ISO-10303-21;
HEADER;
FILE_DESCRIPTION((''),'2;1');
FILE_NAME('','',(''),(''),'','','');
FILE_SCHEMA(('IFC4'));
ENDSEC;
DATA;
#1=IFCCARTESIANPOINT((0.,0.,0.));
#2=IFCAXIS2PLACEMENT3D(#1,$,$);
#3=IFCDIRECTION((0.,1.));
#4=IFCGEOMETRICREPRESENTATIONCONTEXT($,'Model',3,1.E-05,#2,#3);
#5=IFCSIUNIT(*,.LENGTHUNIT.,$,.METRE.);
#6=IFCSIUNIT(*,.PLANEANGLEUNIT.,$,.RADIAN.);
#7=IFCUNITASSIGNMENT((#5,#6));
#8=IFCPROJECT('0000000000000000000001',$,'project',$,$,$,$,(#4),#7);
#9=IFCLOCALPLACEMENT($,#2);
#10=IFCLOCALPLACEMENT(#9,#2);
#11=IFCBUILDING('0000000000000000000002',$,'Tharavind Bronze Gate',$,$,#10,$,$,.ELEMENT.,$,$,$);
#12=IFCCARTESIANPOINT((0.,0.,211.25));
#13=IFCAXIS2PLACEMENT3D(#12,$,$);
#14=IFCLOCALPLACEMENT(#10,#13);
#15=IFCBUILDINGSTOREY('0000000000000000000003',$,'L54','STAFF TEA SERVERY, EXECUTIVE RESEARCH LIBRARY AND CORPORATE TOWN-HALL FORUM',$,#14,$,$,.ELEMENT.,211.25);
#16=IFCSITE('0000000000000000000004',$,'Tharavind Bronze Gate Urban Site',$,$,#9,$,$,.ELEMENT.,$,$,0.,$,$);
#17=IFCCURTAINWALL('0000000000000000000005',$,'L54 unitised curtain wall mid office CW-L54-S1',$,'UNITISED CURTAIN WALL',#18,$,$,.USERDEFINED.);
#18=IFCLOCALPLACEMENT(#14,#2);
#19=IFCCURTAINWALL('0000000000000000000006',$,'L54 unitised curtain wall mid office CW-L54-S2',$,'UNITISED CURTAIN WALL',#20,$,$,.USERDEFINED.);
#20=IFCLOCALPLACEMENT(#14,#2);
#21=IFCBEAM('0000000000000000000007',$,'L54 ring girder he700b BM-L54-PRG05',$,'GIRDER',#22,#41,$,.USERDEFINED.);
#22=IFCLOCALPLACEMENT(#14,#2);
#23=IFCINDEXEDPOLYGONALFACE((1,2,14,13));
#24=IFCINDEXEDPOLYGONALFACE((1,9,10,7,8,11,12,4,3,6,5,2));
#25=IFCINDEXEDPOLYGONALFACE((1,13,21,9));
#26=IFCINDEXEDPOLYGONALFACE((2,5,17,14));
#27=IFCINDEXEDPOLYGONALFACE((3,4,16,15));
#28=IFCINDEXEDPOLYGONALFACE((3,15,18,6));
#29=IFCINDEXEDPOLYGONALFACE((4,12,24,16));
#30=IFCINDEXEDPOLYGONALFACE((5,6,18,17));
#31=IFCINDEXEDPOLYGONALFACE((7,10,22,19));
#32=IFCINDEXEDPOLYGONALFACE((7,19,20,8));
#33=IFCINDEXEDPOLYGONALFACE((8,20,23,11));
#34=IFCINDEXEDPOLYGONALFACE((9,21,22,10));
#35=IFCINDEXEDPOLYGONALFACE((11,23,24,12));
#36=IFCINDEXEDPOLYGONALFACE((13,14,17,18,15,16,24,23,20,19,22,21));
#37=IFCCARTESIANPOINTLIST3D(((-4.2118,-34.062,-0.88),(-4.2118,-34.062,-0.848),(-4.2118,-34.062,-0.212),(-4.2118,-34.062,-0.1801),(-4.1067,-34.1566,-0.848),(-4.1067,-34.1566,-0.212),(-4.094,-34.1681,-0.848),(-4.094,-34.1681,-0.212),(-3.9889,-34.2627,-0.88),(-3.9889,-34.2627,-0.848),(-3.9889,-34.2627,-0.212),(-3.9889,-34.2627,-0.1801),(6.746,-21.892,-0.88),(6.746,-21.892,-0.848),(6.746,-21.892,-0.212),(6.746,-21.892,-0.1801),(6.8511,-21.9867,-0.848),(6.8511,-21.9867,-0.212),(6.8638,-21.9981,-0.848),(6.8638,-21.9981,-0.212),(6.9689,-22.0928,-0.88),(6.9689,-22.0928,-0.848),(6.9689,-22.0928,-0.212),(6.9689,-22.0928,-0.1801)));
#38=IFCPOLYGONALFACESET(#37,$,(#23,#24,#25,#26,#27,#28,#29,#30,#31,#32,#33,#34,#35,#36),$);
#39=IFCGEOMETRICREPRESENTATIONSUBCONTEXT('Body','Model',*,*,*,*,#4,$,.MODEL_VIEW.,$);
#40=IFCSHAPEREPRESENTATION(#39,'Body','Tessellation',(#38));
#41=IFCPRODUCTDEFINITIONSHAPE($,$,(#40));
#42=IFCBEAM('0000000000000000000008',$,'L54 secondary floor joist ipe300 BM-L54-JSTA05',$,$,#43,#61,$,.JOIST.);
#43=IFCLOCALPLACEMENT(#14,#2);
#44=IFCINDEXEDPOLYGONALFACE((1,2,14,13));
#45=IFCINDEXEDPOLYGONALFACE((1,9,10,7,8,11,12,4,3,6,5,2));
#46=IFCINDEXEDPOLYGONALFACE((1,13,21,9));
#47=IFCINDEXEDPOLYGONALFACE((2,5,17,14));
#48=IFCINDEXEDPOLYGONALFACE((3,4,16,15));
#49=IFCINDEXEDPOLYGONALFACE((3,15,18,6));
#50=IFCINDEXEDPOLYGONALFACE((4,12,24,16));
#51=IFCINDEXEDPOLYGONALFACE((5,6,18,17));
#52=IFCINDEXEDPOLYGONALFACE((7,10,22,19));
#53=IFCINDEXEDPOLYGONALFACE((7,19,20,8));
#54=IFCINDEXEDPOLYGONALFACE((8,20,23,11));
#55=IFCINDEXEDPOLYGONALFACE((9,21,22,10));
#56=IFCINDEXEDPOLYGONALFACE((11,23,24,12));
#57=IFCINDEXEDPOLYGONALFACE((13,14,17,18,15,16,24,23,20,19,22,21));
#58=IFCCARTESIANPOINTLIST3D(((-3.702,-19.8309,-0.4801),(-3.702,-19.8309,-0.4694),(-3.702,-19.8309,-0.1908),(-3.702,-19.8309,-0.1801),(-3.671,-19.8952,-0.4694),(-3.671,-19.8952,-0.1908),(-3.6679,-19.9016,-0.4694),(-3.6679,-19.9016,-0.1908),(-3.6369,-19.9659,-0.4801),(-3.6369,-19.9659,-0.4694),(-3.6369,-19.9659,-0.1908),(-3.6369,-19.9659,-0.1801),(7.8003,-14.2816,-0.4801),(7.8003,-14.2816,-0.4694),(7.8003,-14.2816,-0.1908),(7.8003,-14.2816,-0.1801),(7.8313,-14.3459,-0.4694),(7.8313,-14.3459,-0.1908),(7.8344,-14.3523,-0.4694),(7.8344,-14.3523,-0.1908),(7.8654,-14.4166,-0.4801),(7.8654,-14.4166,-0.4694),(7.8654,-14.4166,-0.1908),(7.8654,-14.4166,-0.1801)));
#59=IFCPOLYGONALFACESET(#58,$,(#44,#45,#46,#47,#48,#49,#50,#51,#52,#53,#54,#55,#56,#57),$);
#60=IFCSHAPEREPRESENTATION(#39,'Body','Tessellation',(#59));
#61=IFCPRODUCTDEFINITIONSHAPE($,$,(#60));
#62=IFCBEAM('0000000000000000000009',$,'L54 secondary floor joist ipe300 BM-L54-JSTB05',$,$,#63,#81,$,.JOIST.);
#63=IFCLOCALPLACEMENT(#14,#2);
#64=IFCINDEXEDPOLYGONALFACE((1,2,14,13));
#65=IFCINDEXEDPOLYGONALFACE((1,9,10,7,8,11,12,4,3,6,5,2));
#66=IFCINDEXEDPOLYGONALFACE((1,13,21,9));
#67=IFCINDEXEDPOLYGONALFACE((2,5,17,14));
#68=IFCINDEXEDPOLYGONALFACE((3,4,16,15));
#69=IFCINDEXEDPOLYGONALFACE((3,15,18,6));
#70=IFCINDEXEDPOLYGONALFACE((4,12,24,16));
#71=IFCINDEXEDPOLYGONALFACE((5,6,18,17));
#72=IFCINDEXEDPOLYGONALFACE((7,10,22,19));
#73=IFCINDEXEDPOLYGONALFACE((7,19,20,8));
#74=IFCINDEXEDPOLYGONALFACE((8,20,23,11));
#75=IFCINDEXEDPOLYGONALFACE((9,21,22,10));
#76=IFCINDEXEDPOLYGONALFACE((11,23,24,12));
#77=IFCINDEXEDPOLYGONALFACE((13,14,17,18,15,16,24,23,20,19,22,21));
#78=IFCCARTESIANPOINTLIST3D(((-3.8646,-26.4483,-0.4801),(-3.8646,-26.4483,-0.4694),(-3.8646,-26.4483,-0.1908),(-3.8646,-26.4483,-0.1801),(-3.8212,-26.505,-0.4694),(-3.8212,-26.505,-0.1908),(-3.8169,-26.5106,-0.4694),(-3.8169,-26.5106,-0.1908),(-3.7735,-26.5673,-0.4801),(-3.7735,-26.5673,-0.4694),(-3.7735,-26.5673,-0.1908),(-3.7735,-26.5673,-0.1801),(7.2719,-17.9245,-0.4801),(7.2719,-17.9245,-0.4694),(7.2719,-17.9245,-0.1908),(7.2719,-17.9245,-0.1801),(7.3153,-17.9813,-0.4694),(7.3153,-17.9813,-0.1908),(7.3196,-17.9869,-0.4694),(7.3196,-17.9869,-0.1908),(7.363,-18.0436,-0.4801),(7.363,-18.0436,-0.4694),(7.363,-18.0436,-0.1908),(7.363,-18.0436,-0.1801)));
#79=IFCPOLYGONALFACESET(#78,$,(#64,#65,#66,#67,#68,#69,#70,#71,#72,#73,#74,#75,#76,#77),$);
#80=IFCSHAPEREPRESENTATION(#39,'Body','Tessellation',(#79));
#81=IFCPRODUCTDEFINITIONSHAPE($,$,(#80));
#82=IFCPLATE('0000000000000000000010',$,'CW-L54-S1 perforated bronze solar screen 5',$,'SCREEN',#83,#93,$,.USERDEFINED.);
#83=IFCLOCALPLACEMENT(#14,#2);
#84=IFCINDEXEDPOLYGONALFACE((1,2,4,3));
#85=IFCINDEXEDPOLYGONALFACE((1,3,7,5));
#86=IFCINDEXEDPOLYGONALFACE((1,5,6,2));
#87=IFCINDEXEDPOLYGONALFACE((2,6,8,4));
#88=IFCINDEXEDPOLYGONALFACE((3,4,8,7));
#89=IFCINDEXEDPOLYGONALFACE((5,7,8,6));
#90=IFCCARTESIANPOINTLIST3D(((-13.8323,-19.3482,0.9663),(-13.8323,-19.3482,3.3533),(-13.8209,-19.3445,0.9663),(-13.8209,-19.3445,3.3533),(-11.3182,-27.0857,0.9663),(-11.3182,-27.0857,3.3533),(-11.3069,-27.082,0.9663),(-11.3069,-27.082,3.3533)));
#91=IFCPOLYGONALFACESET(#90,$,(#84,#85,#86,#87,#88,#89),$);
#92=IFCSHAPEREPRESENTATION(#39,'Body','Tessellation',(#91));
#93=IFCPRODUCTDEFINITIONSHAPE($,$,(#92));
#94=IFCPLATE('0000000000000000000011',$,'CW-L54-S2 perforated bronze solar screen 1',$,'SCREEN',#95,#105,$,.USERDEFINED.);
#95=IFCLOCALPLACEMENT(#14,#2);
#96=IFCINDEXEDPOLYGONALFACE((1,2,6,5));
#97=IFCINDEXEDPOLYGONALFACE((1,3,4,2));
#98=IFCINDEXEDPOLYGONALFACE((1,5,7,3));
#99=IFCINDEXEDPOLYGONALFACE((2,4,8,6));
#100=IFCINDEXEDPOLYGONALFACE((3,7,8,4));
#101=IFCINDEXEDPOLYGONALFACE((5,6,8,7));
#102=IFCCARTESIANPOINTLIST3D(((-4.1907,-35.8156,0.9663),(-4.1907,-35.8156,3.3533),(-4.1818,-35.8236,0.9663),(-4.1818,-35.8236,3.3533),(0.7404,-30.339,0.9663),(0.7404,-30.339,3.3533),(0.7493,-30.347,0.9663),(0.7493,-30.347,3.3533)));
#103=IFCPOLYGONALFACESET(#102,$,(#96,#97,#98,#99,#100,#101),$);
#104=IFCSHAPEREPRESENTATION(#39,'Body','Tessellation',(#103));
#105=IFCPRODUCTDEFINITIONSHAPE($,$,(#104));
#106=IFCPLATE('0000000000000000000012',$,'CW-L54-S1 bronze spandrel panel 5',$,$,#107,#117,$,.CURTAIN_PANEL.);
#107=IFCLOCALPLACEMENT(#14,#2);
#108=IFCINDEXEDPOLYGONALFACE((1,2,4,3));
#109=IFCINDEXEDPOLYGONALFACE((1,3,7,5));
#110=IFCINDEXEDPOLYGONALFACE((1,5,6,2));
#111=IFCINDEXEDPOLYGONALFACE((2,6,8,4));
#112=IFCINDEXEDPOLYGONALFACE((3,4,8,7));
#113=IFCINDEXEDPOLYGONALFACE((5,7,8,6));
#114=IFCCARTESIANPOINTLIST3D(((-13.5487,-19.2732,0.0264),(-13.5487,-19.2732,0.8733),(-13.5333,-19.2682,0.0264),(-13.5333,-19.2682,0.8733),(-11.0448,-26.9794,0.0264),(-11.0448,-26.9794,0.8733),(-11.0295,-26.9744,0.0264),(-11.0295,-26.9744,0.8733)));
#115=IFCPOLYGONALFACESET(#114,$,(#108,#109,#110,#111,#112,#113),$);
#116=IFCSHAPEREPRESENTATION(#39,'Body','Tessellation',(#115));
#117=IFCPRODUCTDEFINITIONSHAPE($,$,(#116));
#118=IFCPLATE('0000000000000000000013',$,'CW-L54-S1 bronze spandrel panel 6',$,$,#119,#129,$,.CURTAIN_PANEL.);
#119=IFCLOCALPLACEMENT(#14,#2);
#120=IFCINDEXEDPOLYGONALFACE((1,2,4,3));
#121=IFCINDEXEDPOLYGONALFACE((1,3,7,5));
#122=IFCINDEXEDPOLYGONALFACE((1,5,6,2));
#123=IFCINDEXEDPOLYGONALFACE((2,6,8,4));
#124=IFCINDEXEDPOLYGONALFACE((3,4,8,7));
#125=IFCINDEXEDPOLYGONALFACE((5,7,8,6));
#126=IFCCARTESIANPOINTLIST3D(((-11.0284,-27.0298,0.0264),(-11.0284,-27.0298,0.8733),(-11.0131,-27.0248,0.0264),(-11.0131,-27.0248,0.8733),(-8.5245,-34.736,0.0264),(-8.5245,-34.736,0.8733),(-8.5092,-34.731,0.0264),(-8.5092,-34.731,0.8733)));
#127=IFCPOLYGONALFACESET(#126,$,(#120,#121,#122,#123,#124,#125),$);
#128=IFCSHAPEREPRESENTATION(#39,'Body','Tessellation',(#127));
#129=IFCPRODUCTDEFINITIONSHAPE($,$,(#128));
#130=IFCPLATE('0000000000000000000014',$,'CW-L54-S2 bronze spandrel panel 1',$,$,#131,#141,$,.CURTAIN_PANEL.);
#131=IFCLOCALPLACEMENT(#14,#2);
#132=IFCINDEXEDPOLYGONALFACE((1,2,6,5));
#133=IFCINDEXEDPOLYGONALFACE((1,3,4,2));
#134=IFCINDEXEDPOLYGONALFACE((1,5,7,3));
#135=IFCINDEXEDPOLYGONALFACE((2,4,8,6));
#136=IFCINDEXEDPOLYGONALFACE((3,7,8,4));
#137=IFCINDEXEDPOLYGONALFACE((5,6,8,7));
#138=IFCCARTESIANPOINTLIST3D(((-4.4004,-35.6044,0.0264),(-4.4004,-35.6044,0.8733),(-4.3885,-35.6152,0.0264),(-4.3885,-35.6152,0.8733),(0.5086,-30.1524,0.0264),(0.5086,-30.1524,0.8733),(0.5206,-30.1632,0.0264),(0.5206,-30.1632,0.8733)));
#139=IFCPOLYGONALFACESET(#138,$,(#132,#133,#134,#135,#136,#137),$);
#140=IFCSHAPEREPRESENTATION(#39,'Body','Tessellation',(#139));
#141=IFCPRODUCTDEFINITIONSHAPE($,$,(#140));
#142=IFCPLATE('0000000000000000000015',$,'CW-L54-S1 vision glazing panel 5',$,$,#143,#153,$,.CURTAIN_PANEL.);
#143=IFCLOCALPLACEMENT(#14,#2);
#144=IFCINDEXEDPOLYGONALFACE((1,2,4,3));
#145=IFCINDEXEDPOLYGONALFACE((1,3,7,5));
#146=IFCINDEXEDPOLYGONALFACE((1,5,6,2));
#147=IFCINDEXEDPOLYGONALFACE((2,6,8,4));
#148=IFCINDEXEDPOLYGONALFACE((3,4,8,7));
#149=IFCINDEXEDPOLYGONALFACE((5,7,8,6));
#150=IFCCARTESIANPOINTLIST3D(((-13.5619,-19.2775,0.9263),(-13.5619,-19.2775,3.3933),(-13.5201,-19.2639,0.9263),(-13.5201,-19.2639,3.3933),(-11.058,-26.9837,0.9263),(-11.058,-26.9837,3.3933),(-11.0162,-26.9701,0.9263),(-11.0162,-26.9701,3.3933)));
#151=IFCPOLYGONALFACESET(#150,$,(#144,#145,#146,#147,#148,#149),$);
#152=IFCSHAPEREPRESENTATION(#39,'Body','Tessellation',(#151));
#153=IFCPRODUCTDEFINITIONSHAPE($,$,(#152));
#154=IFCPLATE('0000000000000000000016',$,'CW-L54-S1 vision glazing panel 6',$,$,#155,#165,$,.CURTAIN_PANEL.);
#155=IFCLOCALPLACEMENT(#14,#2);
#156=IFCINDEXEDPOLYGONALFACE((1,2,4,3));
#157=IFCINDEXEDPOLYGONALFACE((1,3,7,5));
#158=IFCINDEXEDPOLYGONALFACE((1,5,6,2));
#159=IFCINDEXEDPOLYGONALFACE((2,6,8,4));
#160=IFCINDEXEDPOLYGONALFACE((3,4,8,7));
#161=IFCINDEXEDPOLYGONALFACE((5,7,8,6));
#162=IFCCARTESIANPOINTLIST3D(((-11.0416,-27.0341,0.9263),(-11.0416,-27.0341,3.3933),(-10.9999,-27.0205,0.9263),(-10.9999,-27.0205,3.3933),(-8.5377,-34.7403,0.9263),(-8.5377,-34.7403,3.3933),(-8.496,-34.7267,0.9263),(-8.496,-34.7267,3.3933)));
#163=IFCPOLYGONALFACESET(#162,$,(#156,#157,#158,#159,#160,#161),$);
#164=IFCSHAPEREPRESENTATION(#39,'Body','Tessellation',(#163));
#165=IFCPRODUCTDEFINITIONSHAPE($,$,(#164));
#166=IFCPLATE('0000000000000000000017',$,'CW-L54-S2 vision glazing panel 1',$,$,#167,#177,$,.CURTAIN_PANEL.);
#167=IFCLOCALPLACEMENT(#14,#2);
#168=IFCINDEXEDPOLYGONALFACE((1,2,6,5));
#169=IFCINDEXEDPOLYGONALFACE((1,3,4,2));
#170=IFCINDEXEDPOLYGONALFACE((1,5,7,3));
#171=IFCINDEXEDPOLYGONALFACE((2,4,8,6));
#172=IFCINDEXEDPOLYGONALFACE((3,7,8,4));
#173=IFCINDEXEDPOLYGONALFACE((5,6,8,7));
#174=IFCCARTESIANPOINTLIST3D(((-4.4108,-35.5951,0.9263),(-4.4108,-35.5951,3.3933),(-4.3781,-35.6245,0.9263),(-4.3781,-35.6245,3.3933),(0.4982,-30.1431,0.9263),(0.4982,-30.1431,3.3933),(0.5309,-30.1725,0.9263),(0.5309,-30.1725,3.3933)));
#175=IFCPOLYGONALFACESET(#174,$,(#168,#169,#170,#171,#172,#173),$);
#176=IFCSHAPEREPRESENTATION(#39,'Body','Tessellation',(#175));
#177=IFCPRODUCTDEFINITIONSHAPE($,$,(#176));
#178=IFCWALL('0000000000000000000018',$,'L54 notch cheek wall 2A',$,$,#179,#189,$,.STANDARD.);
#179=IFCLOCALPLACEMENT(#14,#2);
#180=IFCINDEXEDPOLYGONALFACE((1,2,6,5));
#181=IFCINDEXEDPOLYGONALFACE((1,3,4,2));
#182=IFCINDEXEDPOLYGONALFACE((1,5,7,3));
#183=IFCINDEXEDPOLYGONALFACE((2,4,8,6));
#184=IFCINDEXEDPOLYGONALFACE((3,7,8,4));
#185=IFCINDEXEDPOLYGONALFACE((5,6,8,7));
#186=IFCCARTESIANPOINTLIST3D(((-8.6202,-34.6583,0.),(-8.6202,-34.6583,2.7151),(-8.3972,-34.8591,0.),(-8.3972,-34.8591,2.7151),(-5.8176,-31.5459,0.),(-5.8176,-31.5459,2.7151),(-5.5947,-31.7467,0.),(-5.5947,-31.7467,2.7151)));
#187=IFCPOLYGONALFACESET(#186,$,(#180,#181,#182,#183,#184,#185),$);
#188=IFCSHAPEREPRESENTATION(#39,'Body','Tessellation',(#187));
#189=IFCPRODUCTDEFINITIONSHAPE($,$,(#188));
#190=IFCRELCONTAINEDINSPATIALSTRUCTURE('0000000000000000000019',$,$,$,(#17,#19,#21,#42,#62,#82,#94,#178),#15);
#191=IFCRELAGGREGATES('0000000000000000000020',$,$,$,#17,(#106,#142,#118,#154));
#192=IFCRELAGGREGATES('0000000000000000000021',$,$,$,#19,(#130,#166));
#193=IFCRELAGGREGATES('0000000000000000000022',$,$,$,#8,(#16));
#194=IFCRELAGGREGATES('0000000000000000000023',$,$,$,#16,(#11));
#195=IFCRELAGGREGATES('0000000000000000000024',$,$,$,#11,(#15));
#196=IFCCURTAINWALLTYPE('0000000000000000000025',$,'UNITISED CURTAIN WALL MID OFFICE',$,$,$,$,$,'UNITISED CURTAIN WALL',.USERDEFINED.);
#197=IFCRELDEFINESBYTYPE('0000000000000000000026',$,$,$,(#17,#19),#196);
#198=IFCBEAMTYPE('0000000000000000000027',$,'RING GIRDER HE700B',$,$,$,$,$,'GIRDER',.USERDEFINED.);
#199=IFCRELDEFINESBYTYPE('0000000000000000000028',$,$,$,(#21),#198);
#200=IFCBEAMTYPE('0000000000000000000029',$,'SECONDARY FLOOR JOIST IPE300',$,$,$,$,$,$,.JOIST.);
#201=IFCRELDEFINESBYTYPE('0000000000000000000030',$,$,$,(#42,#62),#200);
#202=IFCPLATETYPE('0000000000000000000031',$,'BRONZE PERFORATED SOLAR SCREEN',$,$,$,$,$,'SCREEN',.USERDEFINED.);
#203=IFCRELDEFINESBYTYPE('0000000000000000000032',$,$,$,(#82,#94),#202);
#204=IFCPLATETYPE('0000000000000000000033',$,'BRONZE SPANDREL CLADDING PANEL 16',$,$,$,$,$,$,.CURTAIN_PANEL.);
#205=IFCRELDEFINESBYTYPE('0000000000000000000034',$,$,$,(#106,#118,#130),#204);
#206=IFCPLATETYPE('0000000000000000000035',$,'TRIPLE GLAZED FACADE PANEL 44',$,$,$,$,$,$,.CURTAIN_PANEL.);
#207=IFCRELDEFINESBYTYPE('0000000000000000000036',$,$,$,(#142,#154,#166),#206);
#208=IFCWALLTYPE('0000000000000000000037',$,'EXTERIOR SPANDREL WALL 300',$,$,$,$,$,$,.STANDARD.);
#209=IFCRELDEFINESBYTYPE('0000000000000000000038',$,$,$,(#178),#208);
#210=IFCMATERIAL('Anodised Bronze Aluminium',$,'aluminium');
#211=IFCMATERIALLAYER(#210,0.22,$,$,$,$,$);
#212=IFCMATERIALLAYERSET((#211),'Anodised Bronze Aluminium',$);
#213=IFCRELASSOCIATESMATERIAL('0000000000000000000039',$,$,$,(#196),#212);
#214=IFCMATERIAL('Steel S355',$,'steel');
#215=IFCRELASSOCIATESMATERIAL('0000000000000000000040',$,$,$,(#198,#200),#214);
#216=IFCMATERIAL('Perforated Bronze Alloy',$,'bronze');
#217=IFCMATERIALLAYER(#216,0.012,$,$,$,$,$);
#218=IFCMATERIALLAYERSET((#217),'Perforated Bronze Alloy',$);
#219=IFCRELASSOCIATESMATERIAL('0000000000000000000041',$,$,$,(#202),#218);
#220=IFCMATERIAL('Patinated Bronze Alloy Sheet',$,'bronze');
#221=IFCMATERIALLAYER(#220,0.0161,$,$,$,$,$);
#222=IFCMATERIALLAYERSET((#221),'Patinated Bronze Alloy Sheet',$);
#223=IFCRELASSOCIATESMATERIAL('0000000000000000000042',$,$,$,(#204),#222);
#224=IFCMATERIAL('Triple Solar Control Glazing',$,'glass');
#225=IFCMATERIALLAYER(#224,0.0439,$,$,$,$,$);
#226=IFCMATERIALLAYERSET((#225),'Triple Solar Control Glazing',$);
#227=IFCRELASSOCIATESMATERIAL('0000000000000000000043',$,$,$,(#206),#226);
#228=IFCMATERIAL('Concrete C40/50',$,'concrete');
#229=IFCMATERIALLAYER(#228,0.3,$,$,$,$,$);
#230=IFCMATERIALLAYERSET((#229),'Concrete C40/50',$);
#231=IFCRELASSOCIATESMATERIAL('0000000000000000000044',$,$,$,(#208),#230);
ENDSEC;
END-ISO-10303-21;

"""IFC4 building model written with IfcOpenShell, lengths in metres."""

from ifc_helpers import new_model, si_unit, direction, frame, frame_2d, origin, origin_2d, place, context, subcontext, project, spatial, rectangle, i_section, extrude, material, layer, layer_set, material_profile, profile_set, type_object, element, aggregate, save


model = new_model("IFC4")

# Units and contexts
model_context = context("Model", 3, precision=1e-05, world=origin(), true_north=direction((0.0, 1.0)))
body_context = subcontext(model_context, "Body", "Model", "MODEL_VIEW")
ifc_project = project(units=[si_unit("LENGTHUNIT", "METRE"), si_unit("PLANEANGLEUNIT", "RADIAN")], contexts=[model_context])

# Site, building, storey
site_placement = place(None, origin())
site = spatial("IfcSite", under=ifc_project, at=site_placement, Name="Tharavind Bronze Gate Urban Site", CompositionType="ELEMENT", RefElevation=0.0)
building_placement = place(site_placement, origin())
building = spatial("IfcBuilding", under=site, at=building_placement, Name="Tharavind Bronze Gate", CompositionType="ELEMENT")
storey_placement = place(building_placement, frame((0.0, 0.0, 211.25)))
storey = spatial("IfcBuildingStorey", under=building, at=storey_placement, Name="L54", Description="STAFF TEA SERVERY, EXECUTIVE RESEARCH LIBRARY AND CORPORATE TOWN-HALL FORUM", CompositionType="ELEMENT", Elevation=211.25)

# Curtain wall
ifc_material_1 = material(Name="Anodised Bronze Aluminium", Category="aluminium")
ifc_layer_1 = layer(ifc_material_1, 0.22)
ifc_layer_set_1 = layer_set([ifc_layer_1], Name="Anodised Bronze Aluminium")
curtain_wall_type = type_object("IfcCurtainWallType", Name="UNITISED CURTAIN WALL MID OFFICE", ElementType="UNITISED CURTAIN WALL", PredefinedType="USERDEFINED", material=ifc_layer_set_1)
curtain_wall_1_placement = place(storey_placement, origin())
curtain_wall_1 = element("IfcCurtainWall", 1, at=curtain_wall_1_placement, inside=storey, type_object=curtain_wall_type, Name="L54 unitised curtain wall mid office CW-L54-S1", ObjectType="UNITISED CURTAIN WALL", PredefinedType="USERDEFINED")

# Curtain wall
curtain_wall_2_placement = place(storey_placement, origin())
curtain_wall_2 = element("IfcCurtainWall", 2, at=curtain_wall_2_placement, inside=storey, type_object=curtain_wall_type, Name="L54 unitised curtain wall mid office CW-L54-S2", ObjectType="UNITISED CURTAIN WALL", PredefinedType="USERDEFINED")

# Beams
ifc_material_2 = material(Name="Steel S355", Category="steel")
ifc_material_profile_1 = material_profile(ifc_material_2, i_section(OverallWidth=0.3, OverallDepth=0.7, WebThickness=0.0171, FlangeThickness=0.032, at=origin_2d()), Name="HE700B")
ifc_profile_set_1 = profile_set([ifc_material_profile_1], Name="Steel S355")
beam_type_1 = type_object("IfcBeamType", Name="RING GIRDER HE700B", ElementType="GIRDER", PredefinedType="USERDEFINED", material=ifc_profile_set_1)
beam_1_placement = place(storey_placement, frame((-4.1003, -34.1624, -0.53), z_axis=(0.669128, 0.743147, 0.0), x_axis=(-0.743147, 0.669128, 0.0)))
element("IfcBeam", 3, at=beam_1_placement, inside=storey, type_object=beam_type_1, Name="L54 ring girder he700b BM-L54-PRG05", ObjectType="GIRDER", PredefinedType="USERDEFINED", context=body_context, shape_type="SweptSolid", body=[
    extrude(i_section(OverallWidth=0.3, OverallDepth=0.7, WebThickness=0.0171, FlangeThickness=0.032, at=origin_2d()), origin(), (0.0, 0.0, 1.0), 16.3762),
])
ifc_material_profile_2 = material_profile(ifc_material_2, i_section(OverallWidth=0.1499, OverallDepth=0.3, WebThickness=0.0071, FlangeThickness=0.0107, at=origin_2d()), Name="IPE300")
ifc_profile_set_2 = profile_set([ifc_material_profile_2], Name="Steel S355")
beam_type_2 = type_object("IfcBeamType", Name="SECONDARY FLOOR JOIST IPE300", PredefinedType="JOIST", material=ifc_profile_set_2)
beam_2_placement = place(storey_placement, frame((-3.6694, -19.8984, -0.3301), z_axis=(0.900658, 0.434529, 0.0), x_axis=(-0.434529, 0.900658, 0.0)))
element("IfcBeam", 4, at=beam_2_placement, inside=storey, type_object=beam_type_2, Name="L54 secondary floor joist ipe300 BM-L54-JSTA05", PredefinedType="JOIST", context=body_context, shape_type="SweptSolid", body=[
    extrude(i_section(OverallWidth=0.1499, OverallDepth=0.3, WebThickness=0.0071, FlangeThickness=0.0107, at=origin_2d()), origin(), (0.0, 0.0, 1.0), 12.771),
])
beam_3_placement = place(storey_placement, frame((-3.8191, -26.5078, -0.3301), z_axis=(0.794098, 0.60779, 0.0), x_axis=(-0.60779, 0.794098, 0.0)))
element("IfcBeam", 5, at=beam_3_placement, inside=storey, type_object=beam_type_2, Name="L54 secondary floor joist ipe300 BM-L54-JSTB05", PredefinedType="JOIST", context=body_context, shape_type="SweptSolid", body=[
    extrude(i_section(OverallWidth=0.1499, OverallDepth=0.3, WebThickness=0.0071, FlangeThickness=0.0107, at=origin_2d()), origin(), (0.0, 0.0, 1.0), 14.0242),
])

# Plates
ifc_material_3 = material(Name="Perforated Bronze Alloy", Category="bronze")
ifc_layer_2 = layer(ifc_material_3, 0.012)
ifc_layer_set_2 = layer_set([ifc_layer_2], Name="Perforated Bronze Alloy")
plate_type_1 = type_object("IfcPlateType", Name="BRONZE PERFORATED SOLAR SCREEN", ElementType="SCREEN", PredefinedType="USERDEFINED", material=ifc_layer_set_2)
plate_1_placement = place(storey_placement, frame((-12.5696, -23.2151, 0.9663), z_axis=(0.0, 0.0, 1.0), x_axis=(0.309017, -0.951057, 0.0)))
element("IfcPlate", 6, at=plate_1_placement, inside=storey, type_object=plate_type_1, Name="CW-L54-S1 perforated bronze solar screen 5", ObjectType="SCREEN", PredefinedType="USERDEFINED", context=body_context, shape_type="SweptSolid", body=[
    extrude(rectangle(XDim=8.1357, YDim=0.012, at=origin_2d()), origin(), (0.0, 0.0, 1.0), 2.387),
])
plate_2_placement = place(storey_placement, frame((-1.7207, -33.0813, 0.9663), z_axis=(0.0, 0.0, 1.0), x_axis=(0.669131, 0.743145, 0.0)))
element("IfcPlate", 7, at=plate_2_placement, inside=storey, type_object=plate_type_1, Name="CW-L54-S2 perforated bronze solar screen 1", ObjectType="SCREEN", PredefinedType="USERDEFINED", context=body_context, shape_type="SweptSolid", body=[
    extrude(rectangle(XDim=7.3694, YDim=0.012, at=origin_2d()), origin(), (0.0, 0.0, 1.0), 2.387),
])

# Plates
ifc_material_4 = material(Name="Patinated Bronze Alloy Sheet", Category="bronze")
ifc_layer_3 = layer(ifc_material_4, 0.0161)
ifc_layer_set_3 = layer_set([ifc_layer_3], Name="Patinated Bronze Alloy Sheet")
plate_type_2 = type_object("IfcPlateType", Name="BRONZE SPANDREL CLADDING PANEL 16", PredefinedType="CURTAIN_PANEL", material=ifc_layer_set_3)
plate_3_placement = place(storey_placement, frame((-12.2891, -23.1238, 0.0264), z_axis=(0.0, 0.0, 1.0), x_axis=(0.309017, -0.951057, 0.0)))
plate_3 = element("IfcPlate", 8, at=plate_3_placement, type_object=plate_type_2, Name="CW-L54-S1 bronze spandrel panel 5", PredefinedType="CURTAIN_PANEL", context=body_context, shape_type="SweptSolid", body=[
    extrude(rectangle(XDim=8.1028, YDim=0.0161, at=origin_2d()), origin(), (0.0, 0.0, 1.0), 0.8469),
])
plate_4_placement = place(storey_placement, frame((-9.7688, -30.8804, 0.0264), z_axis=(0.0, 0.0, 1.0), x_axis=(0.309017, -0.951057, 0.0)))
plate_4 = element("IfcPlate", 9, at=plate_4_placement, type_object=plate_type_2, Name="CW-L54-S1 bronze spandrel panel 6", PredefinedType="CURTAIN_PANEL", context=body_context, shape_type="SweptSolid", body=[
    extrude(rectangle(XDim=8.1028, YDim=0.0161, at=origin_2d()), origin(), (0.0, 0.0, 1.0), 0.8469),
])
plate_5_placement = place(storey_placement, frame((-1.9399, -32.8838, 0.0264), z_axis=(0.0, 0.0, 1.0), x_axis=(0.669131, 0.743145, 0.0)))
plate_5 = element("IfcPlate", 10, at=plate_5_placement, type_object=plate_type_2, Name="CW-L54-S2 bronze spandrel panel 1", PredefinedType="CURTAIN_PANEL", context=body_context, shape_type="SweptSolid", body=[
    extrude(rectangle(XDim=7.3364, YDim=0.0161, at=origin_2d()), origin(), (0.0, 0.0, 1.0), 0.8469),
])
ifc_material_5 = material(Name="Triple Solar Control Glazing", Category="glass")
ifc_layer_4 = layer(ifc_material_5, 0.0439)
ifc_layer_set_4 = layer_set([ifc_layer_4], Name="Triple Solar Control Glazing")
plate_type_3 = type_object("IfcPlateType", Name="TRIPLE GLAZED FACADE PANEL 44", PredefinedType="CURTAIN_PANEL", material=ifc_layer_set_4)
plate_6_placement = place(storey_placement, frame((-12.2891, -23.1238, 0.9263), z_axis=(0.0, 0.0, 1.0), x_axis=(0.309017, -0.951057, 0.0)))
plate_6 = element("IfcPlate", 11, at=plate_6_placement, type_object=plate_type_3, Name="CW-L54-S1 vision glazing panel 5", PredefinedType="CURTAIN_PANEL", context=body_context, shape_type="SweptSolid", body=[
    extrude(rectangle(XDim=8.1028, YDim=0.0439, at=origin_2d()), origin(), (0.0, 0.0, 1.0), 2.467),
])
plate_7_placement = place(storey_placement, frame((-9.7688, -30.8804, 0.9263), z_axis=(0.0, 0.0, 1.0), x_axis=(0.309017, -0.951057, 0.0)))
plate_7 = element("IfcPlate", 12, at=plate_7_placement, type_object=plate_type_3, Name="CW-L54-S1 vision glazing panel 6", PredefinedType="CURTAIN_PANEL", context=body_context, shape_type="SweptSolid", body=[
    extrude(rectangle(XDim=8.1028, YDim=0.0439, at=origin_2d()), origin(), (0.0, 0.0, 1.0), 2.467),
])
aggregate(curtain_wall_1, [plate_3, plate_6, plate_4, plate_7])
plate_8_placement = place(storey_placement, frame((-1.9399, -32.8838, 0.9263), z_axis=(0.0, 0.0, 1.0), x_axis=(0.669131, 0.743145, 0.0)))
plate_8 = element("IfcPlate", 13, at=plate_8_placement, type_object=plate_type_3, Name="CW-L54-S2 vision glazing panel 1", PredefinedType="CURTAIN_PANEL", context=body_context, shape_type="SweptSolid", body=[
    extrude(rectangle(XDim=7.3364, YDim=0.0439, at=origin_2d()), origin(), (0.0, 0.0, 1.0), 2.467),
])
aggregate(curtain_wall_2, [plate_5, plate_8])

# Wall
ifc_material_6 = material(Name="Concrete C40/50", Category="concrete")
ifc_layer_5 = layer(ifc_material_6, 0.3)
ifc_layer_set_5 = layer_set([ifc_layer_5], Name="Concrete C40/50")
wall_type = type_object("IfcWallType", Name="EXTERIOR SPANDREL WALL 300", PredefinedType="STANDARD", material=ifc_layer_set_5)
wall_1_placement = place(storey_placement, frame((-8.5088, -34.7588, 0.0), z_axis=(0.0, 0.0, 1.0), x_axis=(0.669152, 0.743126, 0.0)))
element("IfcWall", 14, at=wall_1_placement, inside=storey, type_object=wall_type, Name="L54 notch cheek wall 2A", PredefinedType="STANDARD", context=body_context, shape_type="SweptSolid", body=[
    extrude(rectangle(XDim=4.1882, YDim=0.3, at=frame_2d((2.0942, 0.0))), origin(), (0.0, 0.0, 1.0), 2.7151),
])

save(model, "model.ifc")
